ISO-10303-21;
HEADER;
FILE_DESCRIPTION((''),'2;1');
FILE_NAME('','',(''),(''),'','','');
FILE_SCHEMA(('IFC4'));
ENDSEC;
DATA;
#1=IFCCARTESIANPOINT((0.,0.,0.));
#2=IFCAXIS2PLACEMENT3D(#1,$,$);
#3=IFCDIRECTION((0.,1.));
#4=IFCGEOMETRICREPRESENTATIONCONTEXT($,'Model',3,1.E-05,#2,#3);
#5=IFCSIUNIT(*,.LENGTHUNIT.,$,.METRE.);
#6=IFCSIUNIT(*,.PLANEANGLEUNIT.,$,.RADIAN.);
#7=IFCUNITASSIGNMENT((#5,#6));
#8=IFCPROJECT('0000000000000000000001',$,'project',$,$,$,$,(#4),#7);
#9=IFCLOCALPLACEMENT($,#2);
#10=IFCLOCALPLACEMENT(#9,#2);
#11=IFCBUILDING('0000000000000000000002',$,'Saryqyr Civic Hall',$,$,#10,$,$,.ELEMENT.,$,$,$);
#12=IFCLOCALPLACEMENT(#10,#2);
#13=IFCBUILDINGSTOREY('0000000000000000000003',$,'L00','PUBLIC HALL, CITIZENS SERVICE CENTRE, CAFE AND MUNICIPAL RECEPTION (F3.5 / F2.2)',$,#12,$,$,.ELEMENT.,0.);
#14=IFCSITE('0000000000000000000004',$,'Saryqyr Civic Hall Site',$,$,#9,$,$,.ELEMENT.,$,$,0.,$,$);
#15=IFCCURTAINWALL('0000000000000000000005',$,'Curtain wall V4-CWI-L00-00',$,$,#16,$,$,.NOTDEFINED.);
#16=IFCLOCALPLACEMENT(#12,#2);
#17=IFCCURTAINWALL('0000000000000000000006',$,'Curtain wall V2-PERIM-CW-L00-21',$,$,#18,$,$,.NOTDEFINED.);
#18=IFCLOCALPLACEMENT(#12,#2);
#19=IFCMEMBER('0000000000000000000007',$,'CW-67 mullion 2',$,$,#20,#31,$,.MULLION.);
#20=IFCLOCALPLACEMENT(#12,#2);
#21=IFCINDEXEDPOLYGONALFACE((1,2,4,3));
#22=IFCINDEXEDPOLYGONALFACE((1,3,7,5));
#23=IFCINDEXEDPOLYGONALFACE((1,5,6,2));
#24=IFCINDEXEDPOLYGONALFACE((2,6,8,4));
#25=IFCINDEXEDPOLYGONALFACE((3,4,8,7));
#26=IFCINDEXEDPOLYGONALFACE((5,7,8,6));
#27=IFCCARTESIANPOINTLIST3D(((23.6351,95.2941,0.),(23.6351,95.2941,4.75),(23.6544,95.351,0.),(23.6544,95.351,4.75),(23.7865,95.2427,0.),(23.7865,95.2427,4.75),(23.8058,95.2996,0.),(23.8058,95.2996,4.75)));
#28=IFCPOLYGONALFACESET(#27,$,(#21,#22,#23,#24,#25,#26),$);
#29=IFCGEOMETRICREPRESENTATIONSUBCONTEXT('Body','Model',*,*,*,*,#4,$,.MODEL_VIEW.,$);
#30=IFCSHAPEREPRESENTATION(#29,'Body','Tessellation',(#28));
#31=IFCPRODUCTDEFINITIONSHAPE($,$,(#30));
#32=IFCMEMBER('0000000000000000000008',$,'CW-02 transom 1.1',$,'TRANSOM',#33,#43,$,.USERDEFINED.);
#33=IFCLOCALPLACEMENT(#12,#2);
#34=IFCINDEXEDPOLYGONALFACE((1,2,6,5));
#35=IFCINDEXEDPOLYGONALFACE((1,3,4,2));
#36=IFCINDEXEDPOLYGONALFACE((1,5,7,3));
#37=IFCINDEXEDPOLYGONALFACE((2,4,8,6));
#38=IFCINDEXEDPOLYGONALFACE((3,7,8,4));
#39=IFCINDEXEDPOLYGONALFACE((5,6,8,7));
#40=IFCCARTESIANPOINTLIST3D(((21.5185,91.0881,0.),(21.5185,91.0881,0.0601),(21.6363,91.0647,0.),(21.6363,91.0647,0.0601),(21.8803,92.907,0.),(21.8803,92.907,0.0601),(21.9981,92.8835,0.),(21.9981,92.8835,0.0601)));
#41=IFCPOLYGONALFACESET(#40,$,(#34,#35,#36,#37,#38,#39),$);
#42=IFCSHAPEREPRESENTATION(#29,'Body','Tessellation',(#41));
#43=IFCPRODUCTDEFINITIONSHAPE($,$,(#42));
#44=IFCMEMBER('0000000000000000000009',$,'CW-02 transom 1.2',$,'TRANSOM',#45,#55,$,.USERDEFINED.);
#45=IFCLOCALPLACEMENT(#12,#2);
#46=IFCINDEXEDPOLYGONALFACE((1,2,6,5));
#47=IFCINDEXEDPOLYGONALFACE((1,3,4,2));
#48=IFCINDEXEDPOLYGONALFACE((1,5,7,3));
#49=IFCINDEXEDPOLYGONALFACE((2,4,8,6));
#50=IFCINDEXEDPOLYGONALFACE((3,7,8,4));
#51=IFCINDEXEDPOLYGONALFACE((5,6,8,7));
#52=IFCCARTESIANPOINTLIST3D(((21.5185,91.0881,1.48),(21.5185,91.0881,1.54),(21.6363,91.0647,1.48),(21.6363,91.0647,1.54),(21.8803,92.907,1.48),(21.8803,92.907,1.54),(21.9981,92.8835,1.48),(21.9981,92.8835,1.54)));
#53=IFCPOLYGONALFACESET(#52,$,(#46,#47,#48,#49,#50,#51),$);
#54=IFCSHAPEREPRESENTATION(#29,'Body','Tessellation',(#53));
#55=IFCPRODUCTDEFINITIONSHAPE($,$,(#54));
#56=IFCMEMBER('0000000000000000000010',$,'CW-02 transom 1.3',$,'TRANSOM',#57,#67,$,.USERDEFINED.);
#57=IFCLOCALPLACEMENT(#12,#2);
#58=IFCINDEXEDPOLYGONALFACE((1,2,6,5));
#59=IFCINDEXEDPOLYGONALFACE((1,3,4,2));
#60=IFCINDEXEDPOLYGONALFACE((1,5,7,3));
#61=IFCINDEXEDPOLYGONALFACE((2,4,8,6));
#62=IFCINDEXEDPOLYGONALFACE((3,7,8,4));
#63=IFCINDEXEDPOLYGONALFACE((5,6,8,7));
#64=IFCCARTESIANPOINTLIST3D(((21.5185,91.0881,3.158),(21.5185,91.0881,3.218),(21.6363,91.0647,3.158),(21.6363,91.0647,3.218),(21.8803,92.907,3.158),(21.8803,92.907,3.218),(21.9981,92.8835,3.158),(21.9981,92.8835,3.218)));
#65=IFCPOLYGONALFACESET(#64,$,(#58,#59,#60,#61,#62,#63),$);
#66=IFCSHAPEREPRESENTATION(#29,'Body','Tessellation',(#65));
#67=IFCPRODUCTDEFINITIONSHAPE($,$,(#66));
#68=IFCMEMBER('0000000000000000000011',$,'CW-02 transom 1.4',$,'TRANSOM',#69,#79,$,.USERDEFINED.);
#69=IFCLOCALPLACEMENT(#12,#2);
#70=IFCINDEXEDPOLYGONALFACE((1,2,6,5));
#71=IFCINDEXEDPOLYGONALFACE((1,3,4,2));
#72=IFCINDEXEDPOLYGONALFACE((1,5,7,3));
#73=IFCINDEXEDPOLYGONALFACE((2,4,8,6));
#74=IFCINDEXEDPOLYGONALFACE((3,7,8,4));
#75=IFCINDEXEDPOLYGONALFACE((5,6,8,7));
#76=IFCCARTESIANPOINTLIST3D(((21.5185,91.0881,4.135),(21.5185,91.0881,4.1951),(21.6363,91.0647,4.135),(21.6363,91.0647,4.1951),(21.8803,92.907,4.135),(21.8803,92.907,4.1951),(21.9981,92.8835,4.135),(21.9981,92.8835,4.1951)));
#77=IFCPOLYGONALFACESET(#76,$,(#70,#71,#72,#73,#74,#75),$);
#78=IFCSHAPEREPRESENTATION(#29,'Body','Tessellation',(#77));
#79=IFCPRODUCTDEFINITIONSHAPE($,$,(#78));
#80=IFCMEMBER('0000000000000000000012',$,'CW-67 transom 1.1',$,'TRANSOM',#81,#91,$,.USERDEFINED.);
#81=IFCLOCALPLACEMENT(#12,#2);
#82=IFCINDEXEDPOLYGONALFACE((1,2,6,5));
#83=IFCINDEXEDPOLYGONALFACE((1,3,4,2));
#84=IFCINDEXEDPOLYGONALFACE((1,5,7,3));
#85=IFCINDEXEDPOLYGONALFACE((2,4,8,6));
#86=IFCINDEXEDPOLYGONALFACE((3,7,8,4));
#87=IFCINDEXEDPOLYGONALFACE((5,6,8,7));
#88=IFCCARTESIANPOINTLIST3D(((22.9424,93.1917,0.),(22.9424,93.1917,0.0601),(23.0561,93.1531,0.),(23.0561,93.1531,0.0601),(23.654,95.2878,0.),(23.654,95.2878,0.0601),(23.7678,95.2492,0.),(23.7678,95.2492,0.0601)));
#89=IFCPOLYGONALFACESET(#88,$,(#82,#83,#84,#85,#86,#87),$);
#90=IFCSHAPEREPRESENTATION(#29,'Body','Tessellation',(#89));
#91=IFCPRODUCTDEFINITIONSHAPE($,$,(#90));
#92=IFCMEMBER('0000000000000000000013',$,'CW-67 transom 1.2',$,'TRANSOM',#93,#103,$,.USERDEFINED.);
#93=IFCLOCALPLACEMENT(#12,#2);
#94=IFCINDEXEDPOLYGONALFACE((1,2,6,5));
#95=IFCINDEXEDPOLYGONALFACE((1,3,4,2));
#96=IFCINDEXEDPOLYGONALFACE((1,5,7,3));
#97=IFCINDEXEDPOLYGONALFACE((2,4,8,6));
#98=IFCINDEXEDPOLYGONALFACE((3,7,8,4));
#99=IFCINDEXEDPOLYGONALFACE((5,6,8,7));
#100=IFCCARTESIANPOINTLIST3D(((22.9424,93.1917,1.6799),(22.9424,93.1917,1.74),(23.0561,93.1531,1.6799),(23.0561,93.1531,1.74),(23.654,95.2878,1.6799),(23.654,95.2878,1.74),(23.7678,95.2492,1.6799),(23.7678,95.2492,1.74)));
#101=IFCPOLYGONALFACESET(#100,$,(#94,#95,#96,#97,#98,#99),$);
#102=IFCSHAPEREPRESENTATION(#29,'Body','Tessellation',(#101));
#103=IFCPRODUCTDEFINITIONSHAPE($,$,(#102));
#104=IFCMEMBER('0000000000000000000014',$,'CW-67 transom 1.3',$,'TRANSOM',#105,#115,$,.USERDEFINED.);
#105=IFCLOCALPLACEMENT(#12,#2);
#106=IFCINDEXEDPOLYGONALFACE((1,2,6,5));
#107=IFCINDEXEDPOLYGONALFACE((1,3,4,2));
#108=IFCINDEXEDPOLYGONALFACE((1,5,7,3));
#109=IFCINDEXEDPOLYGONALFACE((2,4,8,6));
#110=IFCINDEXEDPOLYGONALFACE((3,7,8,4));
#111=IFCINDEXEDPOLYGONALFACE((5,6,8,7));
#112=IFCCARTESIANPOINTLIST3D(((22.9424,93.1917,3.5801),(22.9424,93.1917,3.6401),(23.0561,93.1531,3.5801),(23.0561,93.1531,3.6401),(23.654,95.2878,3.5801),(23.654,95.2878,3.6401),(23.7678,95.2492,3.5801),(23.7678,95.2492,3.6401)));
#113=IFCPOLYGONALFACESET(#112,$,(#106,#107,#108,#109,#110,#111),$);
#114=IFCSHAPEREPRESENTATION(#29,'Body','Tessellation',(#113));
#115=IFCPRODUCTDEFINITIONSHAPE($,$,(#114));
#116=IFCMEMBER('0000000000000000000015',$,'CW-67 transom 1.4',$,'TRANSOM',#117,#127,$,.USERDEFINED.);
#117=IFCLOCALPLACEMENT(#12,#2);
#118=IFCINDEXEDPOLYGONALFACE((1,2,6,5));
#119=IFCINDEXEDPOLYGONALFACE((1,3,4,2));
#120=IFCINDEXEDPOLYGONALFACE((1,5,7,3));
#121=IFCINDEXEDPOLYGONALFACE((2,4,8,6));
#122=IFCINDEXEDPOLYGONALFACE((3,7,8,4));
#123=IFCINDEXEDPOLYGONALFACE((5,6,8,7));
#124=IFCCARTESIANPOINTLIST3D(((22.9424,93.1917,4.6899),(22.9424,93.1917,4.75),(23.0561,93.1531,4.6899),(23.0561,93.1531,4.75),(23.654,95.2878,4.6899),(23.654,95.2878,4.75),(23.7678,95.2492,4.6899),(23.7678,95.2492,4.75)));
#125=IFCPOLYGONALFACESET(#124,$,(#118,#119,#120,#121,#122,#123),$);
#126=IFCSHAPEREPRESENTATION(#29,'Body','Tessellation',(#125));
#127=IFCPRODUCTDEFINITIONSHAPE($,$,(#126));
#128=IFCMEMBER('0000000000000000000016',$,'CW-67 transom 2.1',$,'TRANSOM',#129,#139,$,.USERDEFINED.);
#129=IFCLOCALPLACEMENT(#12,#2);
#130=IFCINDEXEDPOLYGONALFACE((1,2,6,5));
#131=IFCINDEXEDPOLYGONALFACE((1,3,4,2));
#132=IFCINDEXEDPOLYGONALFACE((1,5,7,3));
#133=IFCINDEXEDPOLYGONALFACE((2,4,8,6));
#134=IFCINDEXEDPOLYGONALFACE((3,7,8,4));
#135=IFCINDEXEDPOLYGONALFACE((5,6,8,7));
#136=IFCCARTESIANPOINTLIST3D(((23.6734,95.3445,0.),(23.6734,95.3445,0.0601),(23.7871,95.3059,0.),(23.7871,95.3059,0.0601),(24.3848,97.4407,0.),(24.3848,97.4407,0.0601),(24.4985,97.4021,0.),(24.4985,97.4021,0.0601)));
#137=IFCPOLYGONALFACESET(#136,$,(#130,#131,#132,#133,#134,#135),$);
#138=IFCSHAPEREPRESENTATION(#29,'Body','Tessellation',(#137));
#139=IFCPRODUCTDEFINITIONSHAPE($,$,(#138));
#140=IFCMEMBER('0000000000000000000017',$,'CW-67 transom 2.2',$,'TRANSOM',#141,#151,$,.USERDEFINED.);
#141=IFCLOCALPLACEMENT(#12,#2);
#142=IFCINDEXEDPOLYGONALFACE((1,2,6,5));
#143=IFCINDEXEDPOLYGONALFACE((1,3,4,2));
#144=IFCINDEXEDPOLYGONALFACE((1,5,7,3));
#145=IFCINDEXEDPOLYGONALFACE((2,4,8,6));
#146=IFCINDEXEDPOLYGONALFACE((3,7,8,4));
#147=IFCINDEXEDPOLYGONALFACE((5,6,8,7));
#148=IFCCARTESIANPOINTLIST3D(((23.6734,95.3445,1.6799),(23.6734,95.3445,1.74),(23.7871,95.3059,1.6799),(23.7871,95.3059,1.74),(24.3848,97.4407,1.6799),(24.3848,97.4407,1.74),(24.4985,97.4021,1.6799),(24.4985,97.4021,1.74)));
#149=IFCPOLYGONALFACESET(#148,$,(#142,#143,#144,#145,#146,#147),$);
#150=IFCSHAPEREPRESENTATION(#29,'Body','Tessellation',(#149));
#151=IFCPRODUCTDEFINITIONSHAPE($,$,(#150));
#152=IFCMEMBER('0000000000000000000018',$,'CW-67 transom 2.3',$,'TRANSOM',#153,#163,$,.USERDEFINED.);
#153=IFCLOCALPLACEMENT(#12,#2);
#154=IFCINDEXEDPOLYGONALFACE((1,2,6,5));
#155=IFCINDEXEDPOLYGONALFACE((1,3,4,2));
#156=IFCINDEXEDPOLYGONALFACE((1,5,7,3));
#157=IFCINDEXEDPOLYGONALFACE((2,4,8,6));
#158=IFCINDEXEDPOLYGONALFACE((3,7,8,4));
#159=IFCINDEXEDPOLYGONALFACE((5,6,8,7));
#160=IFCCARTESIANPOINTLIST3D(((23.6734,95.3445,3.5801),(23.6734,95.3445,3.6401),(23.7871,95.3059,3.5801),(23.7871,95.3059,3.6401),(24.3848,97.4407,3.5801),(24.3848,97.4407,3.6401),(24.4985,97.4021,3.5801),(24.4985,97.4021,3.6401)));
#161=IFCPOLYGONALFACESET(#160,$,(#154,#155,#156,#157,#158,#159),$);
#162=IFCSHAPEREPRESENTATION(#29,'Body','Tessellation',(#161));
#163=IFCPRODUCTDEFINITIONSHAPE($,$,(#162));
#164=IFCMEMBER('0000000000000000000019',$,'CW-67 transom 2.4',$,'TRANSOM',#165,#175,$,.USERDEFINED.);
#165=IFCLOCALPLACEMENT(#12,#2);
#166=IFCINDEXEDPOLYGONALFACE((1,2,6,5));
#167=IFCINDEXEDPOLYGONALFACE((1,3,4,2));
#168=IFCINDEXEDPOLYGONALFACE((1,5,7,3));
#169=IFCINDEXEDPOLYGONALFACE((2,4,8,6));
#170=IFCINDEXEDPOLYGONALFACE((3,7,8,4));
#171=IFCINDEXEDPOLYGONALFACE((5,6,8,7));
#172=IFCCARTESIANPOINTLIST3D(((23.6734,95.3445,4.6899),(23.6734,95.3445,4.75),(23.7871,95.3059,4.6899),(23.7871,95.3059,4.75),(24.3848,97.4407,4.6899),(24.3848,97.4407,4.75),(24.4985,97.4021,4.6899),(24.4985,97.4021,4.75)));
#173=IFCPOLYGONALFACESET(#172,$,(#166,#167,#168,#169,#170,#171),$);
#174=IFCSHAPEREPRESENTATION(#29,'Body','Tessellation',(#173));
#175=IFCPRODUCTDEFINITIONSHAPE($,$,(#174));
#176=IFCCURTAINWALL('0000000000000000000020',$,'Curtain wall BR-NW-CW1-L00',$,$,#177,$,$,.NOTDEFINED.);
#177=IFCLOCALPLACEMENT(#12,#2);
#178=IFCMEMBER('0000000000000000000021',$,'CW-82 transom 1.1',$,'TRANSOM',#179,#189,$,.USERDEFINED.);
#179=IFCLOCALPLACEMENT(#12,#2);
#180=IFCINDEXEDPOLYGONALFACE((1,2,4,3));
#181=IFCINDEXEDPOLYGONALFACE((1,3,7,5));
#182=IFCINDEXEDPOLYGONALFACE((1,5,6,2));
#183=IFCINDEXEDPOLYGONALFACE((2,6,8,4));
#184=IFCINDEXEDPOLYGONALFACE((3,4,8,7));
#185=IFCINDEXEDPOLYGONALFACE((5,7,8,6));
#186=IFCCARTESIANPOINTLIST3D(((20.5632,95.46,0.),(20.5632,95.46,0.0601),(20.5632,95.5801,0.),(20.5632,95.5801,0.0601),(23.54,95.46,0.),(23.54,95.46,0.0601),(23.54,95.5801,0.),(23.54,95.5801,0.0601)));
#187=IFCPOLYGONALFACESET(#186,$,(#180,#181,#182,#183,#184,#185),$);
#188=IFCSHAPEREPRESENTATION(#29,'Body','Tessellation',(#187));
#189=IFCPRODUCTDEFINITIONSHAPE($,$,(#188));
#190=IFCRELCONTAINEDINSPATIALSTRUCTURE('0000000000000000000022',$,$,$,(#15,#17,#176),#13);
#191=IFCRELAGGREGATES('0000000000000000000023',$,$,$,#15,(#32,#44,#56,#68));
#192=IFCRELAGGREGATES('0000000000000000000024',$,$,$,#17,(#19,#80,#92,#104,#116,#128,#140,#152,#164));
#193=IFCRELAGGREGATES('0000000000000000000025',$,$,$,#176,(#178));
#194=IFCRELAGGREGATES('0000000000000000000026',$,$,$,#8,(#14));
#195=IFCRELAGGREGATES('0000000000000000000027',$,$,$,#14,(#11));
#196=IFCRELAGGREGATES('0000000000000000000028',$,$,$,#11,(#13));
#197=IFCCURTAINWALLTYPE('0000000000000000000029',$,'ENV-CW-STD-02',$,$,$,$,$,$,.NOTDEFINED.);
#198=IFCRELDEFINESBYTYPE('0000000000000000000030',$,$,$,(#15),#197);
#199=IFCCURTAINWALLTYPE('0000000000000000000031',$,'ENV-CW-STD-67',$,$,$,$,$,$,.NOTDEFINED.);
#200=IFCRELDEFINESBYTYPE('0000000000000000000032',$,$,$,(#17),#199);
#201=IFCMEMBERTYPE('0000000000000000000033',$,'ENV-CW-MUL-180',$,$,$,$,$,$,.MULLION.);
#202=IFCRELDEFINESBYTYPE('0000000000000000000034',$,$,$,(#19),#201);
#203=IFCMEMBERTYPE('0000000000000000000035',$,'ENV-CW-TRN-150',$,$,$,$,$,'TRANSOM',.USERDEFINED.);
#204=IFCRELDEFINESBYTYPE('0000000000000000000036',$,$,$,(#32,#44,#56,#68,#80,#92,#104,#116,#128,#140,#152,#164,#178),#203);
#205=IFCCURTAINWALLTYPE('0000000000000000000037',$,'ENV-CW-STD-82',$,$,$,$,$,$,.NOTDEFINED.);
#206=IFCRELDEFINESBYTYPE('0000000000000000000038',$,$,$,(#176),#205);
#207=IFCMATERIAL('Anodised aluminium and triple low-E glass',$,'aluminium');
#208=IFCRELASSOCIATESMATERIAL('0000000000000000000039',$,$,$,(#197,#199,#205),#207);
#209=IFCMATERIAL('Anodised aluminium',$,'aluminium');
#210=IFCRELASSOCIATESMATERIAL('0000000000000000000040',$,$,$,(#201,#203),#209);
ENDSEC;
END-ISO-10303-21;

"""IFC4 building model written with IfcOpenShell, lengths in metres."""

from ifc_helpers import new_model, si_unit, direction, frame, origin, origin_2d, place, context, subcontext, project, spatial, rectangle, extrude, material, material_profile, profile_set, type_object, element, aggregate, save


model = new_model("IFC4")

# Units and contexts
model_context = context("Model", 3, precision=1e-05, world=origin(), true_north=direction((0.0, 1.0)))
body_context = subcontext(model_context, "Body", "Model", "MODEL_VIEW")
ifc_project = project(units=[si_unit("LENGTHUNIT", "METRE"), si_unit("PLANEANGLEUNIT", "RADIAN")], contexts=[model_context])

# Site, building, storey
site_placement = place(None, origin())
site = spatial("IfcSite", under=ifc_project, at=site_placement, Name="Saryqyr Civic Hall Site", CompositionType="ELEMENT", RefElevation=0.0)
building_placement = place(site_placement, origin())
building = spatial("IfcBuilding", under=site, at=building_placement, Name="Saryqyr Civic Hall", CompositionType="ELEMENT")
storey_placement = place(building_placement, origin())
storey = spatial("IfcBuildingStorey", under=building, at=storey_placement, Name="L00", Description="PUBLIC HALL, CITIZENS SERVICE CENTRE, CAFE AND MUNICIPAL RECEPTION (F3.5 / F2.2)", CompositionType="ELEMENT", Elevation=0.0)

# Curtain wall
ifc_material_1 = material(Name="Anodised aluminium and triple low-E glass", Category="aluminium")
curtain_wall_type_1 = type_object("IfcCurtainWallType", Name="ENV-CW-STD-02", PredefinedType="NOTDEFINED", material=ifc_material_1)
curtain_wall_1_placement = place(storey_placement, origin())
curtain_wall_1 = element("IfcCurtainWall", 1, at=curtain_wall_1_placement, inside=storey, type_object=curtain_wall_type_1, Name="Curtain wall V4-CWI-L00-00", PredefinedType="NOTDEFINED")
ifc_material_2 = material(Name="Anodised aluminium", Category="aluminium")
ifc_material_profile_1 = material_profile(ifc_material_2, rectangle(XDim=0.0601, YDim=0.1599, at=origin_2d()), Name="ALU MULLION 60x160")
ifc_profile_set_1 = profile_set([ifc_material_profile_1], Name="Anodised aluminium")
member_type_1 = type_object("IfcMemberType", Name="ENV-CW-MUL-180", PredefinedType="MULLION", material=ifc_profile_set_1)

# Curtain wall, member
curtain_wall_type_2 = type_object("IfcCurtainWallType", Name="ENV-CW-STD-67", PredefinedType="NOTDEFINED", material=ifc_material_1)
curtain_wall_2_placement = place(storey_placement, origin())
curtain_wall_2 = element("IfcCurtainWall", 2, at=curtain_wall_2_placement, inside=storey, type_object=curtain_wall_type_2, Name="Curtain wall V2-PERIM-CW-L00-21", PredefinedType="NOTDEFINED")
member_1_placement = place(storey_placement, frame((23.7205, 95.2969, 0.0), z_axis=(0.0, 0.0, 1.0), x_axis=(0.321445, 0.946928, 0.0)))
member_1 = element("IfcMember", 3, at=member_1_placement, type_object=member_type_1, Name="CW-67 mullion 2", PredefinedType="MULLION", context=body_context, shape_type="SweptSolid", body=[
    extrude(rectangle(XDim=0.0601, YDim=0.1599, at=origin_2d()), origin(), (0.0, 0.0, 1.0), 4.75),
])

# Members
ifc_material_profile_2 = material_profile(ifc_material_2, rectangle(XDim=0.1201, YDim=0.0601, at=origin_2d()), Name="ALU TRANSOM 120x60")
ifc_profile_set_2 = profile_set([ifc_material_profile_2], Name="Anodised aluminium")
member_type_2 = type_object("IfcMemberType", Name="ENV-CW-TRN-150", ElementType="TRANSOM", PredefinedType="USERDEFINED", material=ifc_profile_set_2)
member_2_placement = place(storey_placement, frame((21.9392, 92.8953, 0.03), z_axis=(-0.195103, -0.980783, 0.0), x_axis=(0.980783, -0.195103, 0.0)))
member_2 = element("IfcMember", 4, at=member_2_placement, type_object=member_type_2, Name="CW-02 transom 1.1", ObjectType="TRANSOM", PredefinedType="USERDEFINED", context=body_context, shape_type="SweptSolid", body=[
    extrude(rectangle(XDim=0.1201, YDim=0.0601, at=origin_2d()), origin(), (0.0, 0.0, 1.0), 1.8545),
])
member_3_placement = place(storey_placement, frame((21.9392, 92.8953, 1.51), z_axis=(-0.195103, -0.980783, 0.0), x_axis=(0.980783, -0.195103, 0.0)))
member_3 = element("IfcMember", 5, at=member_3_placement, type_object=member_type_2, Name="CW-02 transom 1.2", ObjectType="TRANSOM", PredefinedType="USERDEFINED", context=body_context, shape_type="SweptSolid", body=[
    extrude(rectangle(XDim=0.1201, YDim=0.0601, at=origin_2d()), origin(), (0.0, 0.0, 1.0), 1.8545),
])
member_4_placement = place(storey_placement, frame((21.9392, 92.8953, 3.188), z_axis=(-0.195103, -0.980783, 0.0), x_axis=(0.980783, -0.195103, 0.0)))
member_4 = element("IfcMember", 6, at=member_4_placement, type_object=member_type_2, Name="CW-02 transom 1.3", ObjectType="TRANSOM", PredefinedType="USERDEFINED", context=body_context, shape_type="SweptSolid", body=[
    extrude(rectangle(XDim=0.1201, YDim=0.0601, at=origin_2d()), origin(), (0.0, 0.0, 1.0), 1.8545),
])
member_5_placement = place(storey_placement, frame((21.9392, 92.8953, 4.165), z_axis=(-0.195103, -0.980783, 0.0), x_axis=(0.980783, -0.195103, 0.0)))
member_5 = element("IfcMember", 7, at=member_5_placement, type_object=member_type_2, Name="CW-02 transom 1.4", ObjectType="TRANSOM", PredefinedType="USERDEFINED", context=body_context, shape_type="SweptSolid", body=[
    extrude(rectangle(XDim=0.1201, YDim=0.0601, at=origin_2d()), origin(), (0.0, 0.0, 1.0), 1.8545),
])
member_6_placement = place(storey_placement, frame((22.9993, 93.1724, 0.03), z_axis=(0.321484, 0.946915, 0.0), x_axis=(-0.946915, 0.321484, 0.0)))
member_6 = element("IfcMember", 8, at=member_6_placement, type_object=member_type_2, Name="CW-67 transom 1.1", ObjectType="TRANSOM", PredefinedType="USERDEFINED", context=body_context, shape_type="SweptSolid", body=[
    extrude(rectangle(XDim=0.1201, YDim=0.0601, at=origin_2d()), origin(), (0.0, 0.0, 1.0), 2.2136),
])
member_7_placement = place(storey_placement, frame((22.9993, 93.1724, 1.71), z_axis=(0.321484, 0.946915, 0.0), x_axis=(-0.946915, 0.321484, 0.0)))
member_7 = element("IfcMember", 9, at=member_7_placement, type_object=member_type_2, Name="CW-67 transom 1.2", ObjectType="TRANSOM", PredefinedType="USERDEFINED", context=body_context, shape_type="SweptSolid", body=[
    extrude(rectangle(XDim=0.1201, YDim=0.0601, at=origin_2d()), origin(), (0.0, 0.0, 1.0), 2.2136),
])
member_8_placement = place(storey_placement, frame((22.9993, 93.1724, 3.6101), z_axis=(0.321484, 0.946915, 0.0), x_axis=(-0.946915, 0.321484, 0.0)))
member_8 = element("IfcMember", 10, at=member_8_placement, type_object=member_type_2, Name="CW-67 transom 1.3", ObjectType="TRANSOM", PredefinedType="USERDEFINED", context=body_context, shape_type="SweptSolid", body=[
    extrude(rectangle(XDim=0.1201, YDim=0.0601, at=origin_2d()), origin(), (0.0, 0.0, 1.0), 2.2136),
])
member_9_placement = place(storey_placement, frame((22.9993, 93.1724, 4.72), z_axis=(0.321484, 0.946915, 0.0), x_axis=(-0.946915, 0.321484, 0.0)))
member_9 = element("IfcMember", 11, at=member_9_placement, type_object=member_type_2, Name="CW-67 transom 1.4", ObjectType="TRANSOM", PredefinedType="USERDEFINED", context=body_context, shape_type="SweptSolid", body=[
    extrude(rectangle(XDim=0.1201, YDim=0.0601, at=origin_2d()), origin(), (0.0, 0.0, 1.0), 2.2136),
])
member_10_placement = place(storey_placement, frame((23.7302, 95.3252, 0.03), z_axis=(0.321385, 0.946949, 0.0), x_axis=(-0.946949, 0.321385, 0.0)))
member_10 = element("IfcMember", 12, at=member_10_placement, type_object=member_type_2, Name="CW-67 transom 2.1", ObjectType="TRANSOM", PredefinedType="USERDEFINED", context=body_context, shape_type="SweptSolid", body=[
    extrude(rectangle(XDim=0.1201, YDim=0.0601, at=origin_2d()), origin(), (0.0, 0.0, 1.0), 2.2136),
])
member_11_placement = place(storey_placement, frame((23.7302, 95.3252, 1.71), z_axis=(0.321385, 0.946949, 0.0), x_axis=(-0.946949, 0.321385, 0.0)))
member_11 = element("IfcMember", 13, at=member_11_placement, type_object=member_type_2, Name="CW-67 transom 2.2", ObjectType="TRANSOM", PredefinedType="USERDEFINED", context=body_context, shape_type="SweptSolid", body=[
    extrude(rectangle(XDim=0.1201, YDim=0.0601, at=origin_2d()), origin(), (0.0, 0.0, 1.0), 2.2136),
])
member_12_placement = place(storey_placement, frame((23.7302, 95.3252, 3.6101), z_axis=(0.321385, 0.946949, 0.0), x_axis=(-0.946949, 0.321385, 0.0)))
member_12 = element("IfcMember", 14, at=member_12_placement, type_object=member_type_2, Name="CW-67 transom 2.3", ObjectType="TRANSOM", PredefinedType="USERDEFINED", context=body_context, shape_type="SweptSolid", body=[
    extrude(rectangle(XDim=0.1201, YDim=0.0601, at=origin_2d()), origin(), (0.0, 0.0, 1.0), 2.2136),
])
member_13_placement = place(storey_placement, frame((23.7302, 95.3252, 4.72), z_axis=(0.321385, 0.946949, 0.0), x_axis=(-0.946949, 0.321385, 0.0)))
member_13 = element("IfcMember", 15, at=member_13_placement, type_object=member_type_2, Name="CW-67 transom 2.4", ObjectType="TRANSOM", PredefinedType="USERDEFINED", context=body_context, shape_type="SweptSolid", body=[
    extrude(rectangle(XDim=0.1201, YDim=0.0601, at=origin_2d()), origin(), (0.0, 0.0, 1.0), 2.2136),
])

# Curtain wall, member
curtain_wall_type_3 = type_object("IfcCurtainWallType", Name="ENV-CW-STD-82", PredefinedType="NOTDEFINED", material=ifc_material_1)
curtain_wall_3_placement = place(storey_placement, origin())
curtain_wall_3 = element("IfcCurtainWall", 16, at=curtain_wall_3_placement, inside=storey, type_object=curtain_wall_type_3, Name="Curtain wall BR-NW-CW1-L00", PredefinedType="NOTDEFINED")
member_14_placement = place(storey_placement, frame((23.54, 95.52, 0.03), z_axis=(-1.0, 0.0, 0.0), x_axis=(0.0, -1.0, 0.0)))
member_14 = element("IfcMember", 17, at=member_14_placement, type_object=member_type_2, Name="CW-82 transom 1.1", ObjectType="TRANSOM", PredefinedType="USERDEFINED", context=body_context, shape_type="SweptSolid", body=[
    extrude(rectangle(XDim=0.1201, YDim=0.0601, at=origin_2d()), origin(), (0.0, 0.0, 1.0), 2.9768),
])

aggregate(curtain_wall_1, [member_2, member_3, member_4, member_5])
aggregate(curtain_wall_2, [member_1, member_6, member_7, member_8, member_9, member_10, member_11, member_12, member_13])
aggregate(curtain_wall_3, [member_14])

save(model, "model.ifc")
